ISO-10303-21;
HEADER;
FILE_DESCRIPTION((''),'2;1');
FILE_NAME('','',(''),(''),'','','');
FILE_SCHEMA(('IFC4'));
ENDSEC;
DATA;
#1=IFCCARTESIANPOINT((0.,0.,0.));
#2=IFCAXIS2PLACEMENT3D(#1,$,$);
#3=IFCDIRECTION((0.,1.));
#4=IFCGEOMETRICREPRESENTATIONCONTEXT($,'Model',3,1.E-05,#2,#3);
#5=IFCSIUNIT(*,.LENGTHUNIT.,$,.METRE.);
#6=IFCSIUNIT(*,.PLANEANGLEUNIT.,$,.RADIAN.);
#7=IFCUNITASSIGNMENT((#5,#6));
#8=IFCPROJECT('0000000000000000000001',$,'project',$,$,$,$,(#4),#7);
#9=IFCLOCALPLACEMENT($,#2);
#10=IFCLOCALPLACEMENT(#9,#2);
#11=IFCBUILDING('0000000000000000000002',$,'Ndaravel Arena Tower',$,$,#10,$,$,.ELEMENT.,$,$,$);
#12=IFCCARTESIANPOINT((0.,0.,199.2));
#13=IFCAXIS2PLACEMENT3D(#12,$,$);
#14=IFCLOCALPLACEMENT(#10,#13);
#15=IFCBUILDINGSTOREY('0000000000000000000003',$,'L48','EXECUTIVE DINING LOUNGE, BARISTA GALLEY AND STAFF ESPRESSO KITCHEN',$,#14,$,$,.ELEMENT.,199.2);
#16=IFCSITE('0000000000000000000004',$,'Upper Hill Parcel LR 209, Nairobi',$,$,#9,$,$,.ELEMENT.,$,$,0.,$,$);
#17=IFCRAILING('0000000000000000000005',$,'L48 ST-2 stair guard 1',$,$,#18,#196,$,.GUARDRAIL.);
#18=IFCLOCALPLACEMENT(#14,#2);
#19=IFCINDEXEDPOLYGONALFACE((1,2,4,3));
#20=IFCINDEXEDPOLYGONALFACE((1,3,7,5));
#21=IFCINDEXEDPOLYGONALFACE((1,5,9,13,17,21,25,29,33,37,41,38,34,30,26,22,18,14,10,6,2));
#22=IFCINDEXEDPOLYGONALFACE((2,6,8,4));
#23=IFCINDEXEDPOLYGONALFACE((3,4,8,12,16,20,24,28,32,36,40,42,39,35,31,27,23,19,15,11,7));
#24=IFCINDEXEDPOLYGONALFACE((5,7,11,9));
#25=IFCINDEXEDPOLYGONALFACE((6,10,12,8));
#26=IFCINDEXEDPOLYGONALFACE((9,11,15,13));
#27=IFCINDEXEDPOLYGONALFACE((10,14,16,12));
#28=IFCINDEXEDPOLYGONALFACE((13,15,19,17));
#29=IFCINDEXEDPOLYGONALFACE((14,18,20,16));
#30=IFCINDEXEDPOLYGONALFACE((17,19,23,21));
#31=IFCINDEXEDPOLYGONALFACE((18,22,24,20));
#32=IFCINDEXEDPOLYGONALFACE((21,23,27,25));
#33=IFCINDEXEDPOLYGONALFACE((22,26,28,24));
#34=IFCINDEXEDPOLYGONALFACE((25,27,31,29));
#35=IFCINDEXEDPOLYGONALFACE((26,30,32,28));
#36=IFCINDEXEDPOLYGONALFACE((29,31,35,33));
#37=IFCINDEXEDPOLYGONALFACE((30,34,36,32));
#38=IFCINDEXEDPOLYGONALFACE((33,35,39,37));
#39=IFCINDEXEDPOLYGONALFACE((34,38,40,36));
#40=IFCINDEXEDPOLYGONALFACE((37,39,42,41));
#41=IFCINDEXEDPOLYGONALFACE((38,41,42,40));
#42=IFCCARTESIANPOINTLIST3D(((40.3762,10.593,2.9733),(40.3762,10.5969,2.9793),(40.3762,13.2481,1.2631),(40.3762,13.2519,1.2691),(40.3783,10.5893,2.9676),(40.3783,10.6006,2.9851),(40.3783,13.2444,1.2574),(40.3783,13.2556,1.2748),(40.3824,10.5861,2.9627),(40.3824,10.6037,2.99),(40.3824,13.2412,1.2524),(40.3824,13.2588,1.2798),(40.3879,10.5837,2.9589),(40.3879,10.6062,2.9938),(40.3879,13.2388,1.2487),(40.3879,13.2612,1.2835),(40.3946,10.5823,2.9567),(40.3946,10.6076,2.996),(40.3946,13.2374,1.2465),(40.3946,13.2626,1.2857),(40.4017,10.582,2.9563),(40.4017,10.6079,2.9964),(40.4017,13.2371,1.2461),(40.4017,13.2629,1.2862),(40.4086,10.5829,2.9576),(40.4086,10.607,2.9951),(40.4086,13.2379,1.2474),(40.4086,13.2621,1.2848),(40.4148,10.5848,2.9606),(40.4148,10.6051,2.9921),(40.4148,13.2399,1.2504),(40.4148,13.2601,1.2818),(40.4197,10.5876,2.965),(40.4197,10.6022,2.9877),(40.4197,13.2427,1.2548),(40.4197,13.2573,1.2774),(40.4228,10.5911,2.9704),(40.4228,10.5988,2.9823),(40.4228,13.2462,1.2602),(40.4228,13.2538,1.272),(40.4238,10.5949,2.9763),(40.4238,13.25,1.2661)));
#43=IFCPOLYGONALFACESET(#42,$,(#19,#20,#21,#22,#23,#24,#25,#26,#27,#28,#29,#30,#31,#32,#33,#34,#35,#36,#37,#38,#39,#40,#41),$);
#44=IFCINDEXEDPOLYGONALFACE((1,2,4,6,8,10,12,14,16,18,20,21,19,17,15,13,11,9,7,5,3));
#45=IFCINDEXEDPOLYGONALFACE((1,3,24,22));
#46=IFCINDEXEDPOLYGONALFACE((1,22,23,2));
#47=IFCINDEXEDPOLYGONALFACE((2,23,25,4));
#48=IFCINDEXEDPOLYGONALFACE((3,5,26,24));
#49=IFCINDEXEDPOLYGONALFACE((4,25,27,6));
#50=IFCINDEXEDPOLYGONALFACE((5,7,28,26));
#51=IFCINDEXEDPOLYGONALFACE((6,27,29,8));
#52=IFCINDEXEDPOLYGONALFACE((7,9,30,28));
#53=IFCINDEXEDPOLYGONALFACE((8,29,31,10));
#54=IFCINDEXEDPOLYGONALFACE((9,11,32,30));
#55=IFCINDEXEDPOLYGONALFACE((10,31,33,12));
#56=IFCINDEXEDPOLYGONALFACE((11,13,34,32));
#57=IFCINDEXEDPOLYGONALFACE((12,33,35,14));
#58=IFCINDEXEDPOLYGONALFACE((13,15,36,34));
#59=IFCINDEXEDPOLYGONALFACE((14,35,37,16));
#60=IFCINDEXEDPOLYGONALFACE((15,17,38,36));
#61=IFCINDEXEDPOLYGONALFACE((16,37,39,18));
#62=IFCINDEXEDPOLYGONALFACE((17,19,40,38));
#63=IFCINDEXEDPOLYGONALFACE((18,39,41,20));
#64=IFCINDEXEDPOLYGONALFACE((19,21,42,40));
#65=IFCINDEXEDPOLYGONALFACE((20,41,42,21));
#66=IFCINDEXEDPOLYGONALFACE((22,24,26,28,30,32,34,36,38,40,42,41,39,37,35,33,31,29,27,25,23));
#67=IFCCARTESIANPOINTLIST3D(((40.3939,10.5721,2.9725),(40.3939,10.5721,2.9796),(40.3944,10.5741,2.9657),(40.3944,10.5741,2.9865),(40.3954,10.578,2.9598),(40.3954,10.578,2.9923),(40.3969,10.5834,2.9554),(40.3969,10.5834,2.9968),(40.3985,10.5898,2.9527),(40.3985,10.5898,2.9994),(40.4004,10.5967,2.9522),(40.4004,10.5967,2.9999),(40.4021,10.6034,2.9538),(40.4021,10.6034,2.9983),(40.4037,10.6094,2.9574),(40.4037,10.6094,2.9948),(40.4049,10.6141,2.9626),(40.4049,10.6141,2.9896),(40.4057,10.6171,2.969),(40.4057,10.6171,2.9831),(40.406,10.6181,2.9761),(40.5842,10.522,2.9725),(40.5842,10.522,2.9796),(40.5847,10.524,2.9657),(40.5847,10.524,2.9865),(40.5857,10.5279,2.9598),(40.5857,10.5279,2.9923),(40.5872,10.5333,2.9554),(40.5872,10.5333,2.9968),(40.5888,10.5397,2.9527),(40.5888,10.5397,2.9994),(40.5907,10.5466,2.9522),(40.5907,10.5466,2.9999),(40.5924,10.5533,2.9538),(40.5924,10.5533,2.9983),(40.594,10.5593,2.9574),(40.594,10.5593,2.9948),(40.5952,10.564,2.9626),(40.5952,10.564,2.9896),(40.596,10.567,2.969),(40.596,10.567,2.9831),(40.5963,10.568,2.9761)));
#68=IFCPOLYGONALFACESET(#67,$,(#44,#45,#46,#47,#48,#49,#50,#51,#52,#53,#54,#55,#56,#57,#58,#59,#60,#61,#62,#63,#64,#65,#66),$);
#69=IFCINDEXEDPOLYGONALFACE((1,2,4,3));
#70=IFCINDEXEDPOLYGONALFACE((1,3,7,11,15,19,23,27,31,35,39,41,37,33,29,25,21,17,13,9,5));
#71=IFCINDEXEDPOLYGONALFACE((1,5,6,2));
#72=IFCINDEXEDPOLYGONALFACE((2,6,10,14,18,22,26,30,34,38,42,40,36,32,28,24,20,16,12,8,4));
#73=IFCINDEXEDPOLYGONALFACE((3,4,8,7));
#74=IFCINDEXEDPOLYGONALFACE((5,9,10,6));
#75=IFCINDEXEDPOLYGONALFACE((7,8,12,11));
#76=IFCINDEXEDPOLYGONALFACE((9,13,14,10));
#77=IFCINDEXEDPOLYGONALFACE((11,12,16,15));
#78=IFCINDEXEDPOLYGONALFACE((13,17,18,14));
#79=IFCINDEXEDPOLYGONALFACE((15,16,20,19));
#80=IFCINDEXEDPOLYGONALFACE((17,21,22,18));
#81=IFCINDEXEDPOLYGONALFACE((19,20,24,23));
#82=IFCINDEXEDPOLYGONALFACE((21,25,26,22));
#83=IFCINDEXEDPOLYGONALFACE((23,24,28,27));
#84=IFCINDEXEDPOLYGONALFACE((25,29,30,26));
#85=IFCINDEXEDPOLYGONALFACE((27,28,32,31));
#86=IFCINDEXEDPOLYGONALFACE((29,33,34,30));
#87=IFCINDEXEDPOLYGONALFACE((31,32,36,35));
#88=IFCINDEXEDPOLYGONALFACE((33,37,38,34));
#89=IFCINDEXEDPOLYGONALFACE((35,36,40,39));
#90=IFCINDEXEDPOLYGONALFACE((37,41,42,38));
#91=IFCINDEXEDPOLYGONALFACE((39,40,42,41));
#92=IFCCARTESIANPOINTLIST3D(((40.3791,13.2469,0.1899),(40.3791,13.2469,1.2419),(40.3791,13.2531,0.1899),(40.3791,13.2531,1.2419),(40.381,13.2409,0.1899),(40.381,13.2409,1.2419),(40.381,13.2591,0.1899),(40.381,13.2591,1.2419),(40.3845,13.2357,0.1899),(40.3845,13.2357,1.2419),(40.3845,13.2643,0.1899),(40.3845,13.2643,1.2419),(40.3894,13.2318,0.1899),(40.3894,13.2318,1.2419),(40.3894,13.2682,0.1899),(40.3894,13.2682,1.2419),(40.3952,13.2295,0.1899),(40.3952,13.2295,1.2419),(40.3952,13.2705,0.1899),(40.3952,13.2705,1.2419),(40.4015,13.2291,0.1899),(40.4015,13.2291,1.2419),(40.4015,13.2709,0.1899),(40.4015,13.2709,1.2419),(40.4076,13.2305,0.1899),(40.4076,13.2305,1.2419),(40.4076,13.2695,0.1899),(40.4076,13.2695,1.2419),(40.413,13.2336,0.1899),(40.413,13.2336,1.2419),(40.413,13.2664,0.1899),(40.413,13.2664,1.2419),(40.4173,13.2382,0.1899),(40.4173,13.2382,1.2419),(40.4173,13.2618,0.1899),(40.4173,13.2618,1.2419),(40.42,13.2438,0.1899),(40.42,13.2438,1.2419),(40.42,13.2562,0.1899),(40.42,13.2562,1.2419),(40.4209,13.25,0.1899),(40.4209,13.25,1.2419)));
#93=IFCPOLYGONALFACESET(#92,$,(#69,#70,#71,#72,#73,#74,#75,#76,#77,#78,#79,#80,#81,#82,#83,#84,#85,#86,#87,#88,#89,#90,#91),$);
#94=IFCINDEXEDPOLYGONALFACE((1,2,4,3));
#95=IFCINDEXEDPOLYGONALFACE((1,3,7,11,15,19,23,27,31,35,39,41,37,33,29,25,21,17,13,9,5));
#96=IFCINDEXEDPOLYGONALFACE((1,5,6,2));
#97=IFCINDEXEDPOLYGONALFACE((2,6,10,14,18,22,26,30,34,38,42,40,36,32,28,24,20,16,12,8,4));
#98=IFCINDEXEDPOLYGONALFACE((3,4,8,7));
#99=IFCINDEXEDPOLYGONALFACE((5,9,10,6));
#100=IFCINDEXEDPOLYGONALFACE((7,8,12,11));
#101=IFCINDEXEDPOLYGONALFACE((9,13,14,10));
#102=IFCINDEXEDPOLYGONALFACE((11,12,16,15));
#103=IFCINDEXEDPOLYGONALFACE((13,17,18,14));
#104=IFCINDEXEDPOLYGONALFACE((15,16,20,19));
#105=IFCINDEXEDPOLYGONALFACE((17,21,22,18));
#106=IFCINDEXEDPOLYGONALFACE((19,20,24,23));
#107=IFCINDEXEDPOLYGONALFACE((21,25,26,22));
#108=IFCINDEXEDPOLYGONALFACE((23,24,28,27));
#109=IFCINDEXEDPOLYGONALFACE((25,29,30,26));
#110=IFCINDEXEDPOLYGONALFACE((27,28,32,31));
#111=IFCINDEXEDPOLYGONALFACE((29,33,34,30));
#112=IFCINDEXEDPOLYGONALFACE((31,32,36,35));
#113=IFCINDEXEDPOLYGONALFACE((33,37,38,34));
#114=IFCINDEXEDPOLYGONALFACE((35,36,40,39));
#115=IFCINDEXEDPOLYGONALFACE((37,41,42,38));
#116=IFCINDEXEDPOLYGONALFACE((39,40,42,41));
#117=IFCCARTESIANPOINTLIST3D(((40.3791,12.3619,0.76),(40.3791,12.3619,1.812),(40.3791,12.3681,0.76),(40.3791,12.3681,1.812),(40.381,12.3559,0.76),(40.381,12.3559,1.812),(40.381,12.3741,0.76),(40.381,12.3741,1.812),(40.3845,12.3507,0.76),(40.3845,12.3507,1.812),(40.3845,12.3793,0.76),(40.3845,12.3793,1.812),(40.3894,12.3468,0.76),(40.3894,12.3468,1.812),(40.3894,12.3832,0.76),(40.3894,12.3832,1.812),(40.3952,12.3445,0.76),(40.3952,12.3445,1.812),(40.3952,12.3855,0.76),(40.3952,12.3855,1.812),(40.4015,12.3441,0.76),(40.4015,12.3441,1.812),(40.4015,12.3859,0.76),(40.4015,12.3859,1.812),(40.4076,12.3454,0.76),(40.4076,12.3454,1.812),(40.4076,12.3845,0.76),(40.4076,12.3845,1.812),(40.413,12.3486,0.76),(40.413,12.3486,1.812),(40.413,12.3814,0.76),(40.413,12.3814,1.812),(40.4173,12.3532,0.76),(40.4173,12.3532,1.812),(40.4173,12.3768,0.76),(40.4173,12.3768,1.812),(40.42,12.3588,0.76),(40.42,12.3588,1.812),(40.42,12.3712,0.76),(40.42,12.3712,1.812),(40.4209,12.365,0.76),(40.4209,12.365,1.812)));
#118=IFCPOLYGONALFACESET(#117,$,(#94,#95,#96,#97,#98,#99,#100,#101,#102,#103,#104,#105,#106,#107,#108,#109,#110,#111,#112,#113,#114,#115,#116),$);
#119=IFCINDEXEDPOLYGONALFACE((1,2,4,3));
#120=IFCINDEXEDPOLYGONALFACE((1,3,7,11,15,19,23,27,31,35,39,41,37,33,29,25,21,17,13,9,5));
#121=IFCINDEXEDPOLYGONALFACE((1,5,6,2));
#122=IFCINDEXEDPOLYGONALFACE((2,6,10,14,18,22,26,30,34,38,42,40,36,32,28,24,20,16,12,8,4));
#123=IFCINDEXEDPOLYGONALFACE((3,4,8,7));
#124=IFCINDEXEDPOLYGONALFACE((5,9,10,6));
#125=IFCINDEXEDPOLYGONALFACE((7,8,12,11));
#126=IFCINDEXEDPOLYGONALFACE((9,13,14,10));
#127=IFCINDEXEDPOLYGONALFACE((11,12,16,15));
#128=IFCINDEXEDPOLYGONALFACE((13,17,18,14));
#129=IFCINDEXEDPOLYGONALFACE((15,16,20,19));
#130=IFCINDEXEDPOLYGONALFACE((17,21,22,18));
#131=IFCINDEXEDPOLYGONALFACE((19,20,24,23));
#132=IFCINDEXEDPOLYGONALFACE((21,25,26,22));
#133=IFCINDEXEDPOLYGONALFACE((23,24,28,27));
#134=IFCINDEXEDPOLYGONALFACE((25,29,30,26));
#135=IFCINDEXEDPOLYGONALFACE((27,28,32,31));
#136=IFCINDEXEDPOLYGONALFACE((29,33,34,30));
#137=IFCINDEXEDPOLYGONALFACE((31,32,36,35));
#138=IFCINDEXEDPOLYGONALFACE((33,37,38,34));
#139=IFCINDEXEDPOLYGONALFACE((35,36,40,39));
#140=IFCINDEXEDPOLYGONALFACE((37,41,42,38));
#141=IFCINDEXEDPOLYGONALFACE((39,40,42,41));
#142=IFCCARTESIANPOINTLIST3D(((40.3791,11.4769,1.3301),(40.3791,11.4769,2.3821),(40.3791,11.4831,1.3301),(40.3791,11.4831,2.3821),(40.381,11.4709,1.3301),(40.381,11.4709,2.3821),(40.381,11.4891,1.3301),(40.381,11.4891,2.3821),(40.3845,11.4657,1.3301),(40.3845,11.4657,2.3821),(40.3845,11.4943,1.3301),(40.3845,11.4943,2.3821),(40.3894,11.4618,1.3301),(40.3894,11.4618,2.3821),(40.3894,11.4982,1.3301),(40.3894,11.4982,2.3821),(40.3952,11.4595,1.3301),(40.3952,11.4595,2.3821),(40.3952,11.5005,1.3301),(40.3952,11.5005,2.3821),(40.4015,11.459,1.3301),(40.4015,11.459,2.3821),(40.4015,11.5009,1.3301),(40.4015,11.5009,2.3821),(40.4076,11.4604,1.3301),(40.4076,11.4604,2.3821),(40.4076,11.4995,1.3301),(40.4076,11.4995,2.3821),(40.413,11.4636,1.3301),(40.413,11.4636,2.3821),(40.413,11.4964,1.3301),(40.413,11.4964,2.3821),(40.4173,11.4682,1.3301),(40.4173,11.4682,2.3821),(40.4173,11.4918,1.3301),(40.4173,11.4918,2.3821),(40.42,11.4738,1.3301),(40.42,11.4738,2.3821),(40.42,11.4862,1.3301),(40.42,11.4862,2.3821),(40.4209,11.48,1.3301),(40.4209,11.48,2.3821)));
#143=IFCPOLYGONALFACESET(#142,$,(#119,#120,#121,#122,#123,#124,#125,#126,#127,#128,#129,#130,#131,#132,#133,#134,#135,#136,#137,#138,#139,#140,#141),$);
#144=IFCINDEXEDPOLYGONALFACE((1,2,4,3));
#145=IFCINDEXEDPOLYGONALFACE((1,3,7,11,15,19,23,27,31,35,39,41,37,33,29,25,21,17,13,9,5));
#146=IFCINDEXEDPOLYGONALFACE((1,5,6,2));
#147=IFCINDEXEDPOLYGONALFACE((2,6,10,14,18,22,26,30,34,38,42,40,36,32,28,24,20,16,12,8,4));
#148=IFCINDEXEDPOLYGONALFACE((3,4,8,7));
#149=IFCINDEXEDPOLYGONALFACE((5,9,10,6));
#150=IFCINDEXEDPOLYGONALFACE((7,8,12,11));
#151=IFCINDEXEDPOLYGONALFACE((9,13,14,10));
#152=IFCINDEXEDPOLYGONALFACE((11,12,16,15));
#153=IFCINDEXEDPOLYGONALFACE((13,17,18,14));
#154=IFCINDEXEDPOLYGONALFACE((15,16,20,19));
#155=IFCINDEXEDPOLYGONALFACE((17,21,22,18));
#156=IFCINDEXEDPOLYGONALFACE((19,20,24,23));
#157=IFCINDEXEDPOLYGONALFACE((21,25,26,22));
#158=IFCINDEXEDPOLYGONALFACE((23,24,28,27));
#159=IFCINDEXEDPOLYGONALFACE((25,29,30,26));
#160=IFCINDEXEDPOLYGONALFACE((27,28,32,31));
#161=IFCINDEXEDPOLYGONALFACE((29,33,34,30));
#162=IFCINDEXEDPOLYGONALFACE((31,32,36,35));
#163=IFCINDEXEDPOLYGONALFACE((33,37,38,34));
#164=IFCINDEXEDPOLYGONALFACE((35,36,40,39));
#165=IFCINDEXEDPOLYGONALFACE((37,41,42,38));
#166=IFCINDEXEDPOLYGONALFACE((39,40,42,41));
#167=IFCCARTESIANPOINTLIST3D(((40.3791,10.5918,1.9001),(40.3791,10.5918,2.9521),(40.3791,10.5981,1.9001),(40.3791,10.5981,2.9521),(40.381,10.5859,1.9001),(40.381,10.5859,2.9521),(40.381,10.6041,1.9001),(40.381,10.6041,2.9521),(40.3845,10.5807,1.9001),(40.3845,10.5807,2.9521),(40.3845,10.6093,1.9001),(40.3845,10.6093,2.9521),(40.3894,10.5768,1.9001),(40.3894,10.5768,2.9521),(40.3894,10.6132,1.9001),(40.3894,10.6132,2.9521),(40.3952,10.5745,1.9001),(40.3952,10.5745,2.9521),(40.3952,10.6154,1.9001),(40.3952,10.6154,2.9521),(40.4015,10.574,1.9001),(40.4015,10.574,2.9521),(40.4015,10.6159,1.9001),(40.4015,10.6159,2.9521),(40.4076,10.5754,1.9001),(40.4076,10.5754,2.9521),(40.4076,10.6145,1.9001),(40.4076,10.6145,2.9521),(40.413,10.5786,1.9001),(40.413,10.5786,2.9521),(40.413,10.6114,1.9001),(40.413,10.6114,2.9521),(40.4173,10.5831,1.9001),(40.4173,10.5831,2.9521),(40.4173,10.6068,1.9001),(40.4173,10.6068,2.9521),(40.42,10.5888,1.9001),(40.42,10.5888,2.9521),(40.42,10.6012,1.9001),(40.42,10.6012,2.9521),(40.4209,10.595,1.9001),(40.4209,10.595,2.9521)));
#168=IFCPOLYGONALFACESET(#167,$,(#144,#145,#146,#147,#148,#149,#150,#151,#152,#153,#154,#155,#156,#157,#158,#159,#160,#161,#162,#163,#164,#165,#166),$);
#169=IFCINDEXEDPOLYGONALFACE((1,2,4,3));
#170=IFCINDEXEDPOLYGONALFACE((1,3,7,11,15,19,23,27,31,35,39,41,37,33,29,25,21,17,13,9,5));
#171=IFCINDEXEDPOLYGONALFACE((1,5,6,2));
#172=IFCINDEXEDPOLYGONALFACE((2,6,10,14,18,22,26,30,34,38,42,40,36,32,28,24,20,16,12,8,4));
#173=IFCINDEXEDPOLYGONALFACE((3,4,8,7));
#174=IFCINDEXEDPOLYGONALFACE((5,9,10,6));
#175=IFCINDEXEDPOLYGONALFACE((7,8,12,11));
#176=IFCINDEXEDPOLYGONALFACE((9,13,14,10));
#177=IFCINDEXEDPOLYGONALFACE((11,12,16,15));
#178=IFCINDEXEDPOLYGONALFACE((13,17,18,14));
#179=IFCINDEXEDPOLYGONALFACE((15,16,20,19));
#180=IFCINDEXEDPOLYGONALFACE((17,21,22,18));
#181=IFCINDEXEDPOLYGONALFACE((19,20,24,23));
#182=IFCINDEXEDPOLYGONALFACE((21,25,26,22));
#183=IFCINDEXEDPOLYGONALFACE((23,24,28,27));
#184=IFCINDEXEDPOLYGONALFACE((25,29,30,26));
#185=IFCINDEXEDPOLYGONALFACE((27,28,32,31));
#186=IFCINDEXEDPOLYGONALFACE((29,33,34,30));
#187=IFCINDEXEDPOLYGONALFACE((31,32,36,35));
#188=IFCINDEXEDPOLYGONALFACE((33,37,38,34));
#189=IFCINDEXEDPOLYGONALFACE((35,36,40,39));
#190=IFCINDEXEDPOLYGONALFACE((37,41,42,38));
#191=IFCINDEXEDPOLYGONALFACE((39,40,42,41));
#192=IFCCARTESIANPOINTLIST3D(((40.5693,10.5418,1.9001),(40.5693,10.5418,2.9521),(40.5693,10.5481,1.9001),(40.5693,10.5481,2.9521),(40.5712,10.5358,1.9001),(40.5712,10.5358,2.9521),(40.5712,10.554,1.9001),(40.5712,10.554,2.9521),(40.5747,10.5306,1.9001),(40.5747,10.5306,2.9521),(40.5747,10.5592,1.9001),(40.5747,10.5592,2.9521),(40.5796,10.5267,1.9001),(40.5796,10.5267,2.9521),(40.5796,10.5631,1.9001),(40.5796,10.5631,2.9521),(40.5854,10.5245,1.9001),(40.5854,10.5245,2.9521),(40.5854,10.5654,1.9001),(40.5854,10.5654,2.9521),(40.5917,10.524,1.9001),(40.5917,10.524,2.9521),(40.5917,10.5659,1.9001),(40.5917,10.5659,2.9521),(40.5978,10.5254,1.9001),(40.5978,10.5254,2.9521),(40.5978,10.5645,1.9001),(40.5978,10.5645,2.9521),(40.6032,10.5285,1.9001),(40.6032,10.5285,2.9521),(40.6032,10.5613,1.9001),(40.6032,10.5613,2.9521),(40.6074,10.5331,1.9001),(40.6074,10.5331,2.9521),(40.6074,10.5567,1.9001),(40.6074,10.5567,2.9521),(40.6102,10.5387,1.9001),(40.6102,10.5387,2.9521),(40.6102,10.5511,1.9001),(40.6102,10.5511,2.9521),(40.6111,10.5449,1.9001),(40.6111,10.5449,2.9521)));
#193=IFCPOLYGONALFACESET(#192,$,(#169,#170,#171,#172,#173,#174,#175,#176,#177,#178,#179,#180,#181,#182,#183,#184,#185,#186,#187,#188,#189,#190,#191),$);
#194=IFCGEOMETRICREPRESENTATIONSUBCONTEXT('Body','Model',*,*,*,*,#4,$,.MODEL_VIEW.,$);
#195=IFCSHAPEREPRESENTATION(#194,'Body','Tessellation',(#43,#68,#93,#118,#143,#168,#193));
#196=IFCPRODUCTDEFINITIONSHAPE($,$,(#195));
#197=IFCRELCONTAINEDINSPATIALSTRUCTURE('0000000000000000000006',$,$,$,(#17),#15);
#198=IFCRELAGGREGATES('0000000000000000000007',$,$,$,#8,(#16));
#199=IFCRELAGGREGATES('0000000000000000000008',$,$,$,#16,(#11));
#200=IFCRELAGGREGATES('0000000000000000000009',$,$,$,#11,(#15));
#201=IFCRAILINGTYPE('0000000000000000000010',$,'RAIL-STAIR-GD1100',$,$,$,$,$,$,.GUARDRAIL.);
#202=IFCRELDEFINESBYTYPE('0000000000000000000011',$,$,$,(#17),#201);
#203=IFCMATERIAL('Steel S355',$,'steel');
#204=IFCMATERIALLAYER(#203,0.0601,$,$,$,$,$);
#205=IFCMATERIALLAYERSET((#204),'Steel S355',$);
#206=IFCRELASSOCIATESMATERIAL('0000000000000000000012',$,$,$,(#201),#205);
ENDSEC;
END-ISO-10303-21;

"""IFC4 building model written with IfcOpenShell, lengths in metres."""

from ifc_helpers import new_model, si_unit, direction, frame, origin, origin_2d, place, context, subcontext, project, spatial, circle, extrude, material, layer, layer_set, type_object, element, save


model = new_model("IFC4")

# Units and contexts
model_context = context("Model", 3, precision=1e-05, world=origin(), true_north=direction((0.0, 1.0)))
body_context = subcontext(model_context, "Body", "Model", "MODEL_VIEW")
ifc_project = project(units=[si_unit("LENGTHUNIT", "METRE"), si_unit("PLANEANGLEUNIT", "RADIAN")], contexts=[model_context])

# Site, building, storey
site_placement = place(None, origin())
site = spatial("IfcSite", under=ifc_project, at=site_placement, Name="Upper Hill Parcel LR 209, Nairobi", CompositionType="ELEMENT", RefElevation=0.0)
building_placement = place(site_placement, origin())
building = spatial("IfcBuilding", under=site, at=building_placement, Name="Ndaravel Arena Tower", CompositionType="ELEMENT")
storey_placement = place(building_placement, frame((0.0, 0.0, 199.2)))
storey = spatial("IfcBuildingStorey", under=building, at=storey_placement, Name="L48", Description="EXECUTIVE DINING LOUNGE, BARISTA GALLEY AND STAFF ESPRESSO KITCHEN", CompositionType="ELEMENT", Elevation=199.2)

# Railing
ifc_material_1 = material(Name="Steel S355", Category="steel")
ifc_layer_1 = layer(ifc_material_1, 0.0601)
ifc_layer_set_1 = layer_set([ifc_layer_1], Name="Steel S355")
railing_type_1 = type_object("IfcRailingType", Name="RAIL-STAIR-GD1100", PredefinedType="GUARDRAIL", material=ifc_layer_set_1)
railing_1_placement = place(storey_placement, frame((40.3999, 13.25, 0.1899)))
element("IfcRailing", 1, at=railing_1_placement, inside=storey, type_object=railing_type_1, Name="L48 ST-2 stair guard 1", PredefinedType="GUARDRAIL", context=body_context, shape_type="SweptSolid", body=[
    extrude(circle(Radius=0.0239, at=origin_2d()), frame((0.0, 0.0, 1.0762), z_axis=(0.0, -0.840688, 0.541519), x_axis=(1.0, 0.0, 0.0)), (0.0, 0.0, 1.0), 3.1582),
    extrude(circle(Radius=0.0239, at=origin_2d()), frame((0.0, -2.655, 2.7861), z_axis=(0.967075, -0.254493, 0.0), x_axis=(0.254493, 0.967075, 0.0)), (0.0, 0.0, 1.0), 0.1968),
    extrude(circle(Radius=0.021, at=origin_2d()), origin(), (0.0, 0.0, 1.0), 1.052),
    extrude(circle(Radius=0.021, at=origin_2d()), frame((0.0, -0.885, 0.5701)), (0.0, 0.0, 1.0), 1.052),
    extrude(circle(Radius=0.021, at=origin_2d()), frame((0.0, -1.77, 1.1401)), (0.0, 0.0, 1.0), 1.052),
    extrude(circle(Radius=0.021, at=origin_2d()), frame((0.0, -2.655, 1.7102)), (0.0, 0.0, 1.0), 1.052),
    extrude(circle(Radius=0.021, at=origin_2d()), frame((0.1902, -2.7051, 1.7102)), (0.0, 0.0, 1.0), 1.052),
])

save(model, "model.ifc")
